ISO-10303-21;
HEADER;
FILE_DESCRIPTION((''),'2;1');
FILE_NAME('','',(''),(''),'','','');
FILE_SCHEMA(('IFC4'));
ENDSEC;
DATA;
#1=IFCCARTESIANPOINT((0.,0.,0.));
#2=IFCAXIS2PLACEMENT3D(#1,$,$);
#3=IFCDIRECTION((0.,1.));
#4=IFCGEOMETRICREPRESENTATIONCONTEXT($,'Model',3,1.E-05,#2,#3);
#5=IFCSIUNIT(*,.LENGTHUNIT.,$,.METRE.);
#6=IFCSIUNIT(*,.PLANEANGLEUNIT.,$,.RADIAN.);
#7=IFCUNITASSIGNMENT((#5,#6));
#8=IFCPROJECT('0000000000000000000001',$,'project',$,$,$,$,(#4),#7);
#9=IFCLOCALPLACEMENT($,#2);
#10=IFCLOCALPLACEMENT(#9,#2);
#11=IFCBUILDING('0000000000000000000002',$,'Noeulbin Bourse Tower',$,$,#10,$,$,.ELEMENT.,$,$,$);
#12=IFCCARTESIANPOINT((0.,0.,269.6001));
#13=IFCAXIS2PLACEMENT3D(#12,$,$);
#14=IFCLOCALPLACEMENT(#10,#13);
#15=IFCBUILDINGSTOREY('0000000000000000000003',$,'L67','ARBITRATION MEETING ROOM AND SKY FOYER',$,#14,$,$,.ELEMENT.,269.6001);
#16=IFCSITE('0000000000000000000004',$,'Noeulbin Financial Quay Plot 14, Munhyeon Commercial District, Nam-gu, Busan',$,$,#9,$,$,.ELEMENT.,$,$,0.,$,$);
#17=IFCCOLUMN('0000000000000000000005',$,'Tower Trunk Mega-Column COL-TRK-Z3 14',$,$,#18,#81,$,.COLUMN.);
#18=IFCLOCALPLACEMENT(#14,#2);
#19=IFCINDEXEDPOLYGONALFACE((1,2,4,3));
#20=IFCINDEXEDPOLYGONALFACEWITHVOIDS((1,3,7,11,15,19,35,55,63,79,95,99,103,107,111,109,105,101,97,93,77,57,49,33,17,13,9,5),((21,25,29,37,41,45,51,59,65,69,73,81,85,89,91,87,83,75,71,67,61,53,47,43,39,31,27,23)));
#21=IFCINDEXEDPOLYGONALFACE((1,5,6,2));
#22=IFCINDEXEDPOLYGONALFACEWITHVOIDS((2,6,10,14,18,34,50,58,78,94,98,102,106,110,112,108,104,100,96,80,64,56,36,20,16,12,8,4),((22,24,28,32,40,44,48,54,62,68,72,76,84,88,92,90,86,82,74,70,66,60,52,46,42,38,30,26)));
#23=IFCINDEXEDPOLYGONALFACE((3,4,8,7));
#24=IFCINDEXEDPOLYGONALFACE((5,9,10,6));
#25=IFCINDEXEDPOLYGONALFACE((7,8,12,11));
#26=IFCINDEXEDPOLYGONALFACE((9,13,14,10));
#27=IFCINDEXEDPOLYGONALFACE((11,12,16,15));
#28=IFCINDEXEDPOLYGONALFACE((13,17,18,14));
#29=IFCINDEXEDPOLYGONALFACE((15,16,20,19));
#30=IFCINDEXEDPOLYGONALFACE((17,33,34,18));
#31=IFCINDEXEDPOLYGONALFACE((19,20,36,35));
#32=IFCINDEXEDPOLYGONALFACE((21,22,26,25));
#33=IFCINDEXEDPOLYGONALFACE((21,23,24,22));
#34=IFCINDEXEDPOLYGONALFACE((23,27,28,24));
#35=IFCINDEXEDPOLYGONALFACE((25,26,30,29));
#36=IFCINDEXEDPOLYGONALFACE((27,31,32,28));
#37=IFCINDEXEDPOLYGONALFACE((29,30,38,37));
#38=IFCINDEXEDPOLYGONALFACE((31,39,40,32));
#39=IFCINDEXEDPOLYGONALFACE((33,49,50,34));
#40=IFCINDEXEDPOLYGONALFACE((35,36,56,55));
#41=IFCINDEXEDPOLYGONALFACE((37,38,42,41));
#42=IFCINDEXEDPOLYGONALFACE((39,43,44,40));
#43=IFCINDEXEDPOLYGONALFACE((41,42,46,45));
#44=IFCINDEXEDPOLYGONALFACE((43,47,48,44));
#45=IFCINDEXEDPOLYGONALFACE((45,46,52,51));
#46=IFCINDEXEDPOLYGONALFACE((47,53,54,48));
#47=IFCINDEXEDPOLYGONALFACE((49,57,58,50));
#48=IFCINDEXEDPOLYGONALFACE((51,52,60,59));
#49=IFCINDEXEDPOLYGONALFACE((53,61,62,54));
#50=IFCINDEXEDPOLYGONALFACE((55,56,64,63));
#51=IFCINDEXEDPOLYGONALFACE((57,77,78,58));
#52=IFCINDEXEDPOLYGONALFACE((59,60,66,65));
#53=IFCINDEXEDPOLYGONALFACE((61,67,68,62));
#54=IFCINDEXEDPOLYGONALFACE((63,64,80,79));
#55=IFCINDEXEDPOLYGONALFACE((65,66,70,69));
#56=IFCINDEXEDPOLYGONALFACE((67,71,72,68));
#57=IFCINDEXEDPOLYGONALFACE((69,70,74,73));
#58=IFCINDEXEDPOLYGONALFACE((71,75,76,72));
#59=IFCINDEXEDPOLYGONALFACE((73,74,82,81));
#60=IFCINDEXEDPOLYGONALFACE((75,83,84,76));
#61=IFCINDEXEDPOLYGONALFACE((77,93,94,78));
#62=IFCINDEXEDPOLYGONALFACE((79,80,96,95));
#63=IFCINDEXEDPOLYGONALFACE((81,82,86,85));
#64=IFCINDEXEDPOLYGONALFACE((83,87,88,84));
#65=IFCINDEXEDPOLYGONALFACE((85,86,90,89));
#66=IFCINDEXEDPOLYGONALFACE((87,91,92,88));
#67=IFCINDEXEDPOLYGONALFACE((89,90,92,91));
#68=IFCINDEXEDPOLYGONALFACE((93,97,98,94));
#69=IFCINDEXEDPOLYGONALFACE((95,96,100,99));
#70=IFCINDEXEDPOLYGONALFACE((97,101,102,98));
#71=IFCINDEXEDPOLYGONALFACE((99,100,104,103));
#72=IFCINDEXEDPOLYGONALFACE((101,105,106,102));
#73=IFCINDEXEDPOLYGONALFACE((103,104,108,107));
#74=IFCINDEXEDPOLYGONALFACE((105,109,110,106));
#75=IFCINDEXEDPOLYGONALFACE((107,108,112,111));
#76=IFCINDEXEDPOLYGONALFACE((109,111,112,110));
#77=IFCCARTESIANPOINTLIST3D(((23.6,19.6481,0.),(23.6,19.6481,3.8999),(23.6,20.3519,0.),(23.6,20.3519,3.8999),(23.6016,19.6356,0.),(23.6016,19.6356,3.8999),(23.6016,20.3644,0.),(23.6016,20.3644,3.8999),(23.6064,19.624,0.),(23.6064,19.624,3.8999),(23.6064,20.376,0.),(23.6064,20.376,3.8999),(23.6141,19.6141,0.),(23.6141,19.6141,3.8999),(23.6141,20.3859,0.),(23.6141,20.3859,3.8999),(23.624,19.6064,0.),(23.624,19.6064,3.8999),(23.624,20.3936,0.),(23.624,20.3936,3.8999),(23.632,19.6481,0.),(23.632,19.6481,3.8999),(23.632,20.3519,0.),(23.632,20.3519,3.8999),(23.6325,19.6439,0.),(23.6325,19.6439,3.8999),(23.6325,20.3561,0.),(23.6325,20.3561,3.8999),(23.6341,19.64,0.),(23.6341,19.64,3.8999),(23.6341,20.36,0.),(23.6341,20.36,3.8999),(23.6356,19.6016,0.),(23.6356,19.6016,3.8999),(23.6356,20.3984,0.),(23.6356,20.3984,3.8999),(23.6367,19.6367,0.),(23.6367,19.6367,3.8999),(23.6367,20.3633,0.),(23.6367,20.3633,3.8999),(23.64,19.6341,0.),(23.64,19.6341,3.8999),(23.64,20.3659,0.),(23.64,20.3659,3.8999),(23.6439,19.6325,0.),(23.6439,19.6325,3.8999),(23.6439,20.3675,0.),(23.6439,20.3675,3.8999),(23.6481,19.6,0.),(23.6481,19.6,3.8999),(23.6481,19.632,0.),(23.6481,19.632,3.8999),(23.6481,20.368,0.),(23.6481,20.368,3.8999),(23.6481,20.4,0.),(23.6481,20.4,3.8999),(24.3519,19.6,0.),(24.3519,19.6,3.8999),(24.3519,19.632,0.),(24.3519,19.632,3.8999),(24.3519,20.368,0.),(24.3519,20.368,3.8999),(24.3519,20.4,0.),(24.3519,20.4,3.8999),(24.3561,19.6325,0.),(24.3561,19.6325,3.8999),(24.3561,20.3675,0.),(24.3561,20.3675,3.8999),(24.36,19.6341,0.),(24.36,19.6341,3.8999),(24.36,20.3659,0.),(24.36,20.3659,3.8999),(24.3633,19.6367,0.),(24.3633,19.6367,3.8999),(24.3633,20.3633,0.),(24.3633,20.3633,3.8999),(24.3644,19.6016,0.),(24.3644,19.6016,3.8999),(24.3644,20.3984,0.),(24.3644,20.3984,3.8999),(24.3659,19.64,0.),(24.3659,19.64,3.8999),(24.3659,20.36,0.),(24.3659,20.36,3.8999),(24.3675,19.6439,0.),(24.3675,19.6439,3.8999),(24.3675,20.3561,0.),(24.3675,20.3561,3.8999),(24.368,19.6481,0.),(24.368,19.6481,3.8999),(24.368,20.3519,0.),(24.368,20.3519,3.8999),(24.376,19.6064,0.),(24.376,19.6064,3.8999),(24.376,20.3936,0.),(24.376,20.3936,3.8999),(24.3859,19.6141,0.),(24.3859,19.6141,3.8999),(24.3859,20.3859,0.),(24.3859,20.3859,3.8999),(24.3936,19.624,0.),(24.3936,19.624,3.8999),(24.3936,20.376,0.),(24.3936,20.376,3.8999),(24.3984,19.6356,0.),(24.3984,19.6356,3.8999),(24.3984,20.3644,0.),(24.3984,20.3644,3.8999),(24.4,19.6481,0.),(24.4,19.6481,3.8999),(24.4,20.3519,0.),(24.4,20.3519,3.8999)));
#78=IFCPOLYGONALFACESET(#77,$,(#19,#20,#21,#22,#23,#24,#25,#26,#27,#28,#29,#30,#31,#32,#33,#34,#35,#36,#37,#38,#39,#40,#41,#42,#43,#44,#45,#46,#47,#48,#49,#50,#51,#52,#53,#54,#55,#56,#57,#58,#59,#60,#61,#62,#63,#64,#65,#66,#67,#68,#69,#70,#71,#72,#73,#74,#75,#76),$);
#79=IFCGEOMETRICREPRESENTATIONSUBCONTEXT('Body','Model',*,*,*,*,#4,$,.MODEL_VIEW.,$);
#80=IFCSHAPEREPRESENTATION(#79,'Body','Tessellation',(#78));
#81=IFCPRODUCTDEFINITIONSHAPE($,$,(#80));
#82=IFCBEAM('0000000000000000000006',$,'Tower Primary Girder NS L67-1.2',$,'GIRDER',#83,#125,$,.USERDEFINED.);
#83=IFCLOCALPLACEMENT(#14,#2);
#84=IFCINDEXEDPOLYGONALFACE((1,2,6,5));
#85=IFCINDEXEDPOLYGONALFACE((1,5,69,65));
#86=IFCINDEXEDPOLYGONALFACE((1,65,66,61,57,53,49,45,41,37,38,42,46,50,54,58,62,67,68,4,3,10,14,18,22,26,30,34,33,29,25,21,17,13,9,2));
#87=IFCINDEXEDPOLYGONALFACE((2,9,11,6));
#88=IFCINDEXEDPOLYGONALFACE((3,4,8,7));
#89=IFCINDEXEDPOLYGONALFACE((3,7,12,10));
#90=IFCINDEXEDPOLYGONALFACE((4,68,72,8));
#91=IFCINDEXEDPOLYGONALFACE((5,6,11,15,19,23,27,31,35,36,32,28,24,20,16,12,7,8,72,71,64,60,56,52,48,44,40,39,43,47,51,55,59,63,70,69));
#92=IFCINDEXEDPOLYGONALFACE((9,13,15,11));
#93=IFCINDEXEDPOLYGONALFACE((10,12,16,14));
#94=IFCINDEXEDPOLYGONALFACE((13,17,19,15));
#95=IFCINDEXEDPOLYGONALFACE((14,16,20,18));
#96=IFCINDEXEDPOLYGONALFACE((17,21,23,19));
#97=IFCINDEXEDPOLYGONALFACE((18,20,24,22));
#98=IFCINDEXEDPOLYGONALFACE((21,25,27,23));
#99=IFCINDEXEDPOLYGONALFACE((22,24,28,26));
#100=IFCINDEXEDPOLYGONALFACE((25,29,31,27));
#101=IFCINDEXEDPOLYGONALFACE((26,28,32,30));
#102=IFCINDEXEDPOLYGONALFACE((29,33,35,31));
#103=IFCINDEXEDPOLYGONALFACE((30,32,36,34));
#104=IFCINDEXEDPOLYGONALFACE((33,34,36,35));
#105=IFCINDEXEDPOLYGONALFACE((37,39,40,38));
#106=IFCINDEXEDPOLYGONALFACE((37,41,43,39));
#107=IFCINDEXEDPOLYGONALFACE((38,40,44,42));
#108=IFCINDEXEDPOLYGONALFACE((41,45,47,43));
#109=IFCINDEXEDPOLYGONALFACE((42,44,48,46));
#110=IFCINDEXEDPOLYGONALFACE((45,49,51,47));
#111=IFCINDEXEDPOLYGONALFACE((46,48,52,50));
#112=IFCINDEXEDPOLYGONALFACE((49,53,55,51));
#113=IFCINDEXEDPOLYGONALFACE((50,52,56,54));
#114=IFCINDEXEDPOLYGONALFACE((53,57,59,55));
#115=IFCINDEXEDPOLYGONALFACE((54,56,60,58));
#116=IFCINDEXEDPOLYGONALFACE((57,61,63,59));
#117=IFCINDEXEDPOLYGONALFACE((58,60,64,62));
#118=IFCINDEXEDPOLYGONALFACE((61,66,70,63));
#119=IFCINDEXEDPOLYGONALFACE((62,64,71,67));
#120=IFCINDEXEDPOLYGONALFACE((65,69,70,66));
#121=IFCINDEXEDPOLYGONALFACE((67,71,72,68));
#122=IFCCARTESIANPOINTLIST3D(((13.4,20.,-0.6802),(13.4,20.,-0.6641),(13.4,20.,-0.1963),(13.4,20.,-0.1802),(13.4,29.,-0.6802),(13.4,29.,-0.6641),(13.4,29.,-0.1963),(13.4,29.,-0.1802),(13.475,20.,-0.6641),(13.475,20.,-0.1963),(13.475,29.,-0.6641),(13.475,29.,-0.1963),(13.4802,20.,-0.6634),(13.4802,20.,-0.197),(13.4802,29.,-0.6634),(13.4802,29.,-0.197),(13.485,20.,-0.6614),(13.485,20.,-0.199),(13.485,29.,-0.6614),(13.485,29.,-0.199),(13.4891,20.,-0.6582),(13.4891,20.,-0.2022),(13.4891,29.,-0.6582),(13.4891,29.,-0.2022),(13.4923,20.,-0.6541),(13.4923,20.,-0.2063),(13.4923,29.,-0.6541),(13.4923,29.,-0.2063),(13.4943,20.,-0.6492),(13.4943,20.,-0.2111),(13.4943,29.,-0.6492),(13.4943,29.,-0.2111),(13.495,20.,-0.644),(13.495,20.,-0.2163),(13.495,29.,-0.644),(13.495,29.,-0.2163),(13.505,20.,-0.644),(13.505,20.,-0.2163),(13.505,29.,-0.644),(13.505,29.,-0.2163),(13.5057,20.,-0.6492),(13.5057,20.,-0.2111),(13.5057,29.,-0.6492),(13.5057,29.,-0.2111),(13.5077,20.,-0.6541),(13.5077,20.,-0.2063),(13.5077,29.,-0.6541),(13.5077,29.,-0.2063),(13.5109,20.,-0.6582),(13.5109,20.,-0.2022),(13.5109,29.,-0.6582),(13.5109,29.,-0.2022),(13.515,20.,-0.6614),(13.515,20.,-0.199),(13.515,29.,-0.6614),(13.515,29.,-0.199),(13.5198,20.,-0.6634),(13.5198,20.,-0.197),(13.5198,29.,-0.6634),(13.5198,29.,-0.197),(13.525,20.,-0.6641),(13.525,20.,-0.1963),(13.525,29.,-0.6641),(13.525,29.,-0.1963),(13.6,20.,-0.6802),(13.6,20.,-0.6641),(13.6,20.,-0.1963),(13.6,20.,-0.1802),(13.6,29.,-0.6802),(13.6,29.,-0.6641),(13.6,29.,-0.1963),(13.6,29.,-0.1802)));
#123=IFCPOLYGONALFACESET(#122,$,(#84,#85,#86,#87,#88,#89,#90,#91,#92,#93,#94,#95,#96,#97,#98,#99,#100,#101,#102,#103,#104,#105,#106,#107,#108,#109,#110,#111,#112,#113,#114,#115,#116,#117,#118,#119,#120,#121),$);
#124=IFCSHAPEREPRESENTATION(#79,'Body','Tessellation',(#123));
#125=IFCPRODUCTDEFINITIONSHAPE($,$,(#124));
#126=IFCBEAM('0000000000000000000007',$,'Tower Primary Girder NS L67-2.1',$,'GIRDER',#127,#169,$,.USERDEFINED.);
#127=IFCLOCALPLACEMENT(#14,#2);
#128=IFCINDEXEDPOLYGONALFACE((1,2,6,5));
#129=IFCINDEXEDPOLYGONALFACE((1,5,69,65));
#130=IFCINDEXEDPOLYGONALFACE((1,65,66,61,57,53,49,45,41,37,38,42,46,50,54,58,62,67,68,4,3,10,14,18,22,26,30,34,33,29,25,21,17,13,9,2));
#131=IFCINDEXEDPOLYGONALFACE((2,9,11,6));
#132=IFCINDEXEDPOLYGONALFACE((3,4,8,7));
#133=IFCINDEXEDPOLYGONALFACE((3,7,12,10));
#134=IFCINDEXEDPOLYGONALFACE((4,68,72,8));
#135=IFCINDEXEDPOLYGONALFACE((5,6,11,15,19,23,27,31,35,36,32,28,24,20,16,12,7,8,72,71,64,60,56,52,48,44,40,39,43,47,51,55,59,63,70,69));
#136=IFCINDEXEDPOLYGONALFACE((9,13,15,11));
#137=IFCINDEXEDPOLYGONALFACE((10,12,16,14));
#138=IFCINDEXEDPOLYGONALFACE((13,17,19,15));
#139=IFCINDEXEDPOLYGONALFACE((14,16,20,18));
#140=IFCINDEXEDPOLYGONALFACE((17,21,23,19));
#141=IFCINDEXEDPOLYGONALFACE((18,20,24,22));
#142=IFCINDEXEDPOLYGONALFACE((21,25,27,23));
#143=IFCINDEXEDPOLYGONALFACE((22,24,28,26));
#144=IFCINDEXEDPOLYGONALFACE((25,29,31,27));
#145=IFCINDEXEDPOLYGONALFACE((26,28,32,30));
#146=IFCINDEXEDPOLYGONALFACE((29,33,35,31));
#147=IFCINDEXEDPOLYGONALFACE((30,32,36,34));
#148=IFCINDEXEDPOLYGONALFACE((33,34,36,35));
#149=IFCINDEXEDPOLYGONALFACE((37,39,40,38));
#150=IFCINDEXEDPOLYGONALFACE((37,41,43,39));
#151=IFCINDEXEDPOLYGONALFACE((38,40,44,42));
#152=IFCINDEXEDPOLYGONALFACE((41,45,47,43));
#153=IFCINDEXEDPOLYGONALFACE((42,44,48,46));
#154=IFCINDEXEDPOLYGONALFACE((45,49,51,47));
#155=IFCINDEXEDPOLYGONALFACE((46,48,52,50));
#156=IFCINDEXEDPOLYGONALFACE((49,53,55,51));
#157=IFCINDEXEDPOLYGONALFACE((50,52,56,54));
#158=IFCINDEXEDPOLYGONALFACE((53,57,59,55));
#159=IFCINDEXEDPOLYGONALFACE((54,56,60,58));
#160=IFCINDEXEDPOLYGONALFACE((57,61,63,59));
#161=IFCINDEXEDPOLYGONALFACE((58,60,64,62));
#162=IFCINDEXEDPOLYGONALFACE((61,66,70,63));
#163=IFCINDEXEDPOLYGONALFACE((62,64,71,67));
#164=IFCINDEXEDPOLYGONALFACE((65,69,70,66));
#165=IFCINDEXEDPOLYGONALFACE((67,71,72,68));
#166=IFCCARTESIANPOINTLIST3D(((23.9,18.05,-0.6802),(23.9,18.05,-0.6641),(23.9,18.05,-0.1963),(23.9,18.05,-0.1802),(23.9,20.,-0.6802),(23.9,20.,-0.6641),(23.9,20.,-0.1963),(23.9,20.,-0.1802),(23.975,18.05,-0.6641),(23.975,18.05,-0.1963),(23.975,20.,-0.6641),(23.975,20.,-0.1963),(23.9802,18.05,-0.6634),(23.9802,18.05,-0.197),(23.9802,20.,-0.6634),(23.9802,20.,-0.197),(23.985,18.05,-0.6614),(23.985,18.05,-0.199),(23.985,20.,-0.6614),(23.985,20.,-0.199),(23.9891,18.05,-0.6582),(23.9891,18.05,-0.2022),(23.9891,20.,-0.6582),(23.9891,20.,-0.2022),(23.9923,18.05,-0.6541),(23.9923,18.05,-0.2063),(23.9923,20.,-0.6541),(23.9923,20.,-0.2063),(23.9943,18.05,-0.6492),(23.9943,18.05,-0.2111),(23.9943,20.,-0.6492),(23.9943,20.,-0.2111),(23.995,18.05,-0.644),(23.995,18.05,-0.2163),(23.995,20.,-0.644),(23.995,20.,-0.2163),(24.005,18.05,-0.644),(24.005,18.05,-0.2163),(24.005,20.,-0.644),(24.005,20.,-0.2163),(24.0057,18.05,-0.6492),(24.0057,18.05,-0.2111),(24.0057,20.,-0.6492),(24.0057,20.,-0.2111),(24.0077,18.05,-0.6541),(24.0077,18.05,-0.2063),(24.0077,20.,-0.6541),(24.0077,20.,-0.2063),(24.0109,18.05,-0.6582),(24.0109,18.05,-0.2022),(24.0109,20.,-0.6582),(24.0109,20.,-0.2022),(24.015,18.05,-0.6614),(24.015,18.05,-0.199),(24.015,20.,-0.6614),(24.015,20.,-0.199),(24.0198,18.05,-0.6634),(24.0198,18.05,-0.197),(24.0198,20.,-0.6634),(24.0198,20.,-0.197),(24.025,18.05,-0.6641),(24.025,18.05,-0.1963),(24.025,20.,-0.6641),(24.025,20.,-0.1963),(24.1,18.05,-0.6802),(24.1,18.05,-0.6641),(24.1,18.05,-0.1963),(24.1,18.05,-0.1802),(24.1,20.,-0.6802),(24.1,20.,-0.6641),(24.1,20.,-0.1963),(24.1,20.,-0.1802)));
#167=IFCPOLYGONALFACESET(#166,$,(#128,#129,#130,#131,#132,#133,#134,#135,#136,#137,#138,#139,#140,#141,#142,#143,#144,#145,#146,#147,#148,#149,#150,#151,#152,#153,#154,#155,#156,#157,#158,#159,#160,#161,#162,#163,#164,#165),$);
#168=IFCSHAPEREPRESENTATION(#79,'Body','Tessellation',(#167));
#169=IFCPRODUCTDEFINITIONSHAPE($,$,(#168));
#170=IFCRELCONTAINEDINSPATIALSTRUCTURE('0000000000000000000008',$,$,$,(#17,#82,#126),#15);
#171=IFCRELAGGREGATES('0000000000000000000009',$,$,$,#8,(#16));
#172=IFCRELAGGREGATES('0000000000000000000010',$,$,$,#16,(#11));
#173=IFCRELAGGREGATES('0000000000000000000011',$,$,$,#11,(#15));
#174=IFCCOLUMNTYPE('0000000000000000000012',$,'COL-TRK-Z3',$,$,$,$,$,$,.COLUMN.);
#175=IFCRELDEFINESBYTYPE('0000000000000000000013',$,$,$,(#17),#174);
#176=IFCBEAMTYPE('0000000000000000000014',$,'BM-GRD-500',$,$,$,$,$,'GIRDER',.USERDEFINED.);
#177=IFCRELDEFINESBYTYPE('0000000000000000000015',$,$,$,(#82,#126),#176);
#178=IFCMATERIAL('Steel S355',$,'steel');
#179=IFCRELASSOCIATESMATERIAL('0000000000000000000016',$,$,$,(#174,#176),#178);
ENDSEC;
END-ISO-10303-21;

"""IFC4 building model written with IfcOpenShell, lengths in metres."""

from ifc_helpers import new_model, si_unit, direction, frame, origin, origin_2d, place, context, subcontext, project, spatial, hollow_rectangle, i_section, extrude, material, material_profile, profile_set, type_object, element, save


model = new_model("IFC4")

# Units and contexts
model_context = context("Model", 3, precision=1e-05, world=origin(), true_north=direction((0.0, 1.0)))
body_context = subcontext(model_context, "Body", "Model", "MODEL_VIEW")
ifc_project = project(units=[si_unit("LENGTHUNIT", "METRE"), si_unit("PLANEANGLEUNIT", "RADIAN")], contexts=[model_context])

# Site, building, storey
site_placement = place(None, origin())
site = spatial("IfcSite", under=ifc_project, at=site_placement, Name="Noeulbin Financial Quay Plot 14, Munhyeon Commercial District, Nam-gu, Busan", CompositionType="ELEMENT", RefElevation=0.0)
building_placement = place(site_placement, origin())
building = spatial("IfcBuilding", under=site, at=building_placement, Name="Noeulbin Bourse Tower", CompositionType="ELEMENT")
storey_placement = place(building_placement, frame((0.0, 0.0, 269.6001)))
storey = spatial("IfcBuildingStorey", under=building, at=storey_placement, Name="L67", Description="ARBITRATION MEETING ROOM AND SKY FOYER", CompositionType="ELEMENT", Elevation=269.6001)

# Column
ifc_material_1 = material(Name="Steel S355", Category="steel")
ifc_material_profile_1 = material_profile(ifc_material_1, hollow_rectangle(XDim=0.8, YDim=0.8, WallThickness=0.032, InnerFilletRadius=0.0161, OuterFilletRadius=0.0481, at=origin_2d()), Name="BOX-800x800x32", Category="LoadBearing")
ifc_profile_set_1 = profile_set([ifc_material_profile_1], Name="Steel S355")
column_type = type_object("IfcColumnType", Name="COL-TRK-Z3", PredefinedType="COLUMN", material=ifc_profile_set_1)
column_placement = place(storey_placement, frame((24.0, 20.0, 0.0), z_axis=(0.0, 0.0, 1.0), x_axis=(1.0, 0.0, 0.0)))
element("IfcColumn", 1, at=column_placement, inside=storey, type_object=column_type, Name="Tower Trunk Mega-Column COL-TRK-Z3 14", PredefinedType="COLUMN", context=body_context, shape_type="SweptSolid", body=[
    extrude(hollow_rectangle(XDim=0.8, YDim=0.8, WallThickness=0.032, InnerFilletRadius=0.0161, OuterFilletRadius=0.0481, at=origin_2d()), origin(), (0.0, 0.0, 1.0), 3.8999),
])

# Beams
ifc_material_profile_2 = material_profile(ifc_material_1, i_section(OverallWidth=0.2, OverallDepth=0.5, WebThickness=0.01, FlangeThickness=0.0161, FilletRadius=0.02, at=origin_2d()), Name="H-500x200x10x16", Category="LoadBearing")
ifc_profile_set_2 = profile_set([ifc_material_profile_2], Name="Steel S355")
beam_type_1 = type_object("IfcBeamType", Name="BM-GRD-500", ElementType="GIRDER", PredefinedType="USERDEFINED", material=ifc_profile_set_2)
beam_1_placement = place(storey_placement, frame((13.5, 20.0, -0.4302), z_axis=(0.0, 1.0, 0.0), x_axis=(-1.0, 0.0, 0.0)))
element("IfcBeam", 2, at=beam_1_placement, inside=storey, type_object=beam_type_1, Name="Tower Primary Girder NS L67-1.2", ObjectType="GIRDER", PredefinedType="USERDEFINED", context=body_context, shape_type="SweptSolid", body=[
    extrude(i_section(OverallWidth=0.2, OverallDepth=0.5, WebThickness=0.01, FlangeThickness=0.0161, FilletRadius=0.02, at=origin_2d()), origin(), (0.0, 0.0, 1.0), 9.0),
])
beam_2_placement = place(storey_placement, frame((24.0, 18.05, -0.4302), z_axis=(0.0, 1.0, 0.0), x_axis=(-1.0, 0.0, 0.0)))
element("IfcBeam", 3, at=beam_2_placement, inside=storey, type_object=beam_type_1, Name="Tower Primary Girder NS L67-2.1", ObjectType="GIRDER", PredefinedType="USERDEFINED", context=body_context, shape_type="SweptSolid", body=[
    extrude(i_section(OverallWidth=0.2, OverallDepth=0.5, WebThickness=0.01, FlangeThickness=0.0161, FilletRadius=0.02, at=origin_2d()), origin(), (0.0, 0.0, 1.0), 1.95),
])

save(model, "model.ifc")
